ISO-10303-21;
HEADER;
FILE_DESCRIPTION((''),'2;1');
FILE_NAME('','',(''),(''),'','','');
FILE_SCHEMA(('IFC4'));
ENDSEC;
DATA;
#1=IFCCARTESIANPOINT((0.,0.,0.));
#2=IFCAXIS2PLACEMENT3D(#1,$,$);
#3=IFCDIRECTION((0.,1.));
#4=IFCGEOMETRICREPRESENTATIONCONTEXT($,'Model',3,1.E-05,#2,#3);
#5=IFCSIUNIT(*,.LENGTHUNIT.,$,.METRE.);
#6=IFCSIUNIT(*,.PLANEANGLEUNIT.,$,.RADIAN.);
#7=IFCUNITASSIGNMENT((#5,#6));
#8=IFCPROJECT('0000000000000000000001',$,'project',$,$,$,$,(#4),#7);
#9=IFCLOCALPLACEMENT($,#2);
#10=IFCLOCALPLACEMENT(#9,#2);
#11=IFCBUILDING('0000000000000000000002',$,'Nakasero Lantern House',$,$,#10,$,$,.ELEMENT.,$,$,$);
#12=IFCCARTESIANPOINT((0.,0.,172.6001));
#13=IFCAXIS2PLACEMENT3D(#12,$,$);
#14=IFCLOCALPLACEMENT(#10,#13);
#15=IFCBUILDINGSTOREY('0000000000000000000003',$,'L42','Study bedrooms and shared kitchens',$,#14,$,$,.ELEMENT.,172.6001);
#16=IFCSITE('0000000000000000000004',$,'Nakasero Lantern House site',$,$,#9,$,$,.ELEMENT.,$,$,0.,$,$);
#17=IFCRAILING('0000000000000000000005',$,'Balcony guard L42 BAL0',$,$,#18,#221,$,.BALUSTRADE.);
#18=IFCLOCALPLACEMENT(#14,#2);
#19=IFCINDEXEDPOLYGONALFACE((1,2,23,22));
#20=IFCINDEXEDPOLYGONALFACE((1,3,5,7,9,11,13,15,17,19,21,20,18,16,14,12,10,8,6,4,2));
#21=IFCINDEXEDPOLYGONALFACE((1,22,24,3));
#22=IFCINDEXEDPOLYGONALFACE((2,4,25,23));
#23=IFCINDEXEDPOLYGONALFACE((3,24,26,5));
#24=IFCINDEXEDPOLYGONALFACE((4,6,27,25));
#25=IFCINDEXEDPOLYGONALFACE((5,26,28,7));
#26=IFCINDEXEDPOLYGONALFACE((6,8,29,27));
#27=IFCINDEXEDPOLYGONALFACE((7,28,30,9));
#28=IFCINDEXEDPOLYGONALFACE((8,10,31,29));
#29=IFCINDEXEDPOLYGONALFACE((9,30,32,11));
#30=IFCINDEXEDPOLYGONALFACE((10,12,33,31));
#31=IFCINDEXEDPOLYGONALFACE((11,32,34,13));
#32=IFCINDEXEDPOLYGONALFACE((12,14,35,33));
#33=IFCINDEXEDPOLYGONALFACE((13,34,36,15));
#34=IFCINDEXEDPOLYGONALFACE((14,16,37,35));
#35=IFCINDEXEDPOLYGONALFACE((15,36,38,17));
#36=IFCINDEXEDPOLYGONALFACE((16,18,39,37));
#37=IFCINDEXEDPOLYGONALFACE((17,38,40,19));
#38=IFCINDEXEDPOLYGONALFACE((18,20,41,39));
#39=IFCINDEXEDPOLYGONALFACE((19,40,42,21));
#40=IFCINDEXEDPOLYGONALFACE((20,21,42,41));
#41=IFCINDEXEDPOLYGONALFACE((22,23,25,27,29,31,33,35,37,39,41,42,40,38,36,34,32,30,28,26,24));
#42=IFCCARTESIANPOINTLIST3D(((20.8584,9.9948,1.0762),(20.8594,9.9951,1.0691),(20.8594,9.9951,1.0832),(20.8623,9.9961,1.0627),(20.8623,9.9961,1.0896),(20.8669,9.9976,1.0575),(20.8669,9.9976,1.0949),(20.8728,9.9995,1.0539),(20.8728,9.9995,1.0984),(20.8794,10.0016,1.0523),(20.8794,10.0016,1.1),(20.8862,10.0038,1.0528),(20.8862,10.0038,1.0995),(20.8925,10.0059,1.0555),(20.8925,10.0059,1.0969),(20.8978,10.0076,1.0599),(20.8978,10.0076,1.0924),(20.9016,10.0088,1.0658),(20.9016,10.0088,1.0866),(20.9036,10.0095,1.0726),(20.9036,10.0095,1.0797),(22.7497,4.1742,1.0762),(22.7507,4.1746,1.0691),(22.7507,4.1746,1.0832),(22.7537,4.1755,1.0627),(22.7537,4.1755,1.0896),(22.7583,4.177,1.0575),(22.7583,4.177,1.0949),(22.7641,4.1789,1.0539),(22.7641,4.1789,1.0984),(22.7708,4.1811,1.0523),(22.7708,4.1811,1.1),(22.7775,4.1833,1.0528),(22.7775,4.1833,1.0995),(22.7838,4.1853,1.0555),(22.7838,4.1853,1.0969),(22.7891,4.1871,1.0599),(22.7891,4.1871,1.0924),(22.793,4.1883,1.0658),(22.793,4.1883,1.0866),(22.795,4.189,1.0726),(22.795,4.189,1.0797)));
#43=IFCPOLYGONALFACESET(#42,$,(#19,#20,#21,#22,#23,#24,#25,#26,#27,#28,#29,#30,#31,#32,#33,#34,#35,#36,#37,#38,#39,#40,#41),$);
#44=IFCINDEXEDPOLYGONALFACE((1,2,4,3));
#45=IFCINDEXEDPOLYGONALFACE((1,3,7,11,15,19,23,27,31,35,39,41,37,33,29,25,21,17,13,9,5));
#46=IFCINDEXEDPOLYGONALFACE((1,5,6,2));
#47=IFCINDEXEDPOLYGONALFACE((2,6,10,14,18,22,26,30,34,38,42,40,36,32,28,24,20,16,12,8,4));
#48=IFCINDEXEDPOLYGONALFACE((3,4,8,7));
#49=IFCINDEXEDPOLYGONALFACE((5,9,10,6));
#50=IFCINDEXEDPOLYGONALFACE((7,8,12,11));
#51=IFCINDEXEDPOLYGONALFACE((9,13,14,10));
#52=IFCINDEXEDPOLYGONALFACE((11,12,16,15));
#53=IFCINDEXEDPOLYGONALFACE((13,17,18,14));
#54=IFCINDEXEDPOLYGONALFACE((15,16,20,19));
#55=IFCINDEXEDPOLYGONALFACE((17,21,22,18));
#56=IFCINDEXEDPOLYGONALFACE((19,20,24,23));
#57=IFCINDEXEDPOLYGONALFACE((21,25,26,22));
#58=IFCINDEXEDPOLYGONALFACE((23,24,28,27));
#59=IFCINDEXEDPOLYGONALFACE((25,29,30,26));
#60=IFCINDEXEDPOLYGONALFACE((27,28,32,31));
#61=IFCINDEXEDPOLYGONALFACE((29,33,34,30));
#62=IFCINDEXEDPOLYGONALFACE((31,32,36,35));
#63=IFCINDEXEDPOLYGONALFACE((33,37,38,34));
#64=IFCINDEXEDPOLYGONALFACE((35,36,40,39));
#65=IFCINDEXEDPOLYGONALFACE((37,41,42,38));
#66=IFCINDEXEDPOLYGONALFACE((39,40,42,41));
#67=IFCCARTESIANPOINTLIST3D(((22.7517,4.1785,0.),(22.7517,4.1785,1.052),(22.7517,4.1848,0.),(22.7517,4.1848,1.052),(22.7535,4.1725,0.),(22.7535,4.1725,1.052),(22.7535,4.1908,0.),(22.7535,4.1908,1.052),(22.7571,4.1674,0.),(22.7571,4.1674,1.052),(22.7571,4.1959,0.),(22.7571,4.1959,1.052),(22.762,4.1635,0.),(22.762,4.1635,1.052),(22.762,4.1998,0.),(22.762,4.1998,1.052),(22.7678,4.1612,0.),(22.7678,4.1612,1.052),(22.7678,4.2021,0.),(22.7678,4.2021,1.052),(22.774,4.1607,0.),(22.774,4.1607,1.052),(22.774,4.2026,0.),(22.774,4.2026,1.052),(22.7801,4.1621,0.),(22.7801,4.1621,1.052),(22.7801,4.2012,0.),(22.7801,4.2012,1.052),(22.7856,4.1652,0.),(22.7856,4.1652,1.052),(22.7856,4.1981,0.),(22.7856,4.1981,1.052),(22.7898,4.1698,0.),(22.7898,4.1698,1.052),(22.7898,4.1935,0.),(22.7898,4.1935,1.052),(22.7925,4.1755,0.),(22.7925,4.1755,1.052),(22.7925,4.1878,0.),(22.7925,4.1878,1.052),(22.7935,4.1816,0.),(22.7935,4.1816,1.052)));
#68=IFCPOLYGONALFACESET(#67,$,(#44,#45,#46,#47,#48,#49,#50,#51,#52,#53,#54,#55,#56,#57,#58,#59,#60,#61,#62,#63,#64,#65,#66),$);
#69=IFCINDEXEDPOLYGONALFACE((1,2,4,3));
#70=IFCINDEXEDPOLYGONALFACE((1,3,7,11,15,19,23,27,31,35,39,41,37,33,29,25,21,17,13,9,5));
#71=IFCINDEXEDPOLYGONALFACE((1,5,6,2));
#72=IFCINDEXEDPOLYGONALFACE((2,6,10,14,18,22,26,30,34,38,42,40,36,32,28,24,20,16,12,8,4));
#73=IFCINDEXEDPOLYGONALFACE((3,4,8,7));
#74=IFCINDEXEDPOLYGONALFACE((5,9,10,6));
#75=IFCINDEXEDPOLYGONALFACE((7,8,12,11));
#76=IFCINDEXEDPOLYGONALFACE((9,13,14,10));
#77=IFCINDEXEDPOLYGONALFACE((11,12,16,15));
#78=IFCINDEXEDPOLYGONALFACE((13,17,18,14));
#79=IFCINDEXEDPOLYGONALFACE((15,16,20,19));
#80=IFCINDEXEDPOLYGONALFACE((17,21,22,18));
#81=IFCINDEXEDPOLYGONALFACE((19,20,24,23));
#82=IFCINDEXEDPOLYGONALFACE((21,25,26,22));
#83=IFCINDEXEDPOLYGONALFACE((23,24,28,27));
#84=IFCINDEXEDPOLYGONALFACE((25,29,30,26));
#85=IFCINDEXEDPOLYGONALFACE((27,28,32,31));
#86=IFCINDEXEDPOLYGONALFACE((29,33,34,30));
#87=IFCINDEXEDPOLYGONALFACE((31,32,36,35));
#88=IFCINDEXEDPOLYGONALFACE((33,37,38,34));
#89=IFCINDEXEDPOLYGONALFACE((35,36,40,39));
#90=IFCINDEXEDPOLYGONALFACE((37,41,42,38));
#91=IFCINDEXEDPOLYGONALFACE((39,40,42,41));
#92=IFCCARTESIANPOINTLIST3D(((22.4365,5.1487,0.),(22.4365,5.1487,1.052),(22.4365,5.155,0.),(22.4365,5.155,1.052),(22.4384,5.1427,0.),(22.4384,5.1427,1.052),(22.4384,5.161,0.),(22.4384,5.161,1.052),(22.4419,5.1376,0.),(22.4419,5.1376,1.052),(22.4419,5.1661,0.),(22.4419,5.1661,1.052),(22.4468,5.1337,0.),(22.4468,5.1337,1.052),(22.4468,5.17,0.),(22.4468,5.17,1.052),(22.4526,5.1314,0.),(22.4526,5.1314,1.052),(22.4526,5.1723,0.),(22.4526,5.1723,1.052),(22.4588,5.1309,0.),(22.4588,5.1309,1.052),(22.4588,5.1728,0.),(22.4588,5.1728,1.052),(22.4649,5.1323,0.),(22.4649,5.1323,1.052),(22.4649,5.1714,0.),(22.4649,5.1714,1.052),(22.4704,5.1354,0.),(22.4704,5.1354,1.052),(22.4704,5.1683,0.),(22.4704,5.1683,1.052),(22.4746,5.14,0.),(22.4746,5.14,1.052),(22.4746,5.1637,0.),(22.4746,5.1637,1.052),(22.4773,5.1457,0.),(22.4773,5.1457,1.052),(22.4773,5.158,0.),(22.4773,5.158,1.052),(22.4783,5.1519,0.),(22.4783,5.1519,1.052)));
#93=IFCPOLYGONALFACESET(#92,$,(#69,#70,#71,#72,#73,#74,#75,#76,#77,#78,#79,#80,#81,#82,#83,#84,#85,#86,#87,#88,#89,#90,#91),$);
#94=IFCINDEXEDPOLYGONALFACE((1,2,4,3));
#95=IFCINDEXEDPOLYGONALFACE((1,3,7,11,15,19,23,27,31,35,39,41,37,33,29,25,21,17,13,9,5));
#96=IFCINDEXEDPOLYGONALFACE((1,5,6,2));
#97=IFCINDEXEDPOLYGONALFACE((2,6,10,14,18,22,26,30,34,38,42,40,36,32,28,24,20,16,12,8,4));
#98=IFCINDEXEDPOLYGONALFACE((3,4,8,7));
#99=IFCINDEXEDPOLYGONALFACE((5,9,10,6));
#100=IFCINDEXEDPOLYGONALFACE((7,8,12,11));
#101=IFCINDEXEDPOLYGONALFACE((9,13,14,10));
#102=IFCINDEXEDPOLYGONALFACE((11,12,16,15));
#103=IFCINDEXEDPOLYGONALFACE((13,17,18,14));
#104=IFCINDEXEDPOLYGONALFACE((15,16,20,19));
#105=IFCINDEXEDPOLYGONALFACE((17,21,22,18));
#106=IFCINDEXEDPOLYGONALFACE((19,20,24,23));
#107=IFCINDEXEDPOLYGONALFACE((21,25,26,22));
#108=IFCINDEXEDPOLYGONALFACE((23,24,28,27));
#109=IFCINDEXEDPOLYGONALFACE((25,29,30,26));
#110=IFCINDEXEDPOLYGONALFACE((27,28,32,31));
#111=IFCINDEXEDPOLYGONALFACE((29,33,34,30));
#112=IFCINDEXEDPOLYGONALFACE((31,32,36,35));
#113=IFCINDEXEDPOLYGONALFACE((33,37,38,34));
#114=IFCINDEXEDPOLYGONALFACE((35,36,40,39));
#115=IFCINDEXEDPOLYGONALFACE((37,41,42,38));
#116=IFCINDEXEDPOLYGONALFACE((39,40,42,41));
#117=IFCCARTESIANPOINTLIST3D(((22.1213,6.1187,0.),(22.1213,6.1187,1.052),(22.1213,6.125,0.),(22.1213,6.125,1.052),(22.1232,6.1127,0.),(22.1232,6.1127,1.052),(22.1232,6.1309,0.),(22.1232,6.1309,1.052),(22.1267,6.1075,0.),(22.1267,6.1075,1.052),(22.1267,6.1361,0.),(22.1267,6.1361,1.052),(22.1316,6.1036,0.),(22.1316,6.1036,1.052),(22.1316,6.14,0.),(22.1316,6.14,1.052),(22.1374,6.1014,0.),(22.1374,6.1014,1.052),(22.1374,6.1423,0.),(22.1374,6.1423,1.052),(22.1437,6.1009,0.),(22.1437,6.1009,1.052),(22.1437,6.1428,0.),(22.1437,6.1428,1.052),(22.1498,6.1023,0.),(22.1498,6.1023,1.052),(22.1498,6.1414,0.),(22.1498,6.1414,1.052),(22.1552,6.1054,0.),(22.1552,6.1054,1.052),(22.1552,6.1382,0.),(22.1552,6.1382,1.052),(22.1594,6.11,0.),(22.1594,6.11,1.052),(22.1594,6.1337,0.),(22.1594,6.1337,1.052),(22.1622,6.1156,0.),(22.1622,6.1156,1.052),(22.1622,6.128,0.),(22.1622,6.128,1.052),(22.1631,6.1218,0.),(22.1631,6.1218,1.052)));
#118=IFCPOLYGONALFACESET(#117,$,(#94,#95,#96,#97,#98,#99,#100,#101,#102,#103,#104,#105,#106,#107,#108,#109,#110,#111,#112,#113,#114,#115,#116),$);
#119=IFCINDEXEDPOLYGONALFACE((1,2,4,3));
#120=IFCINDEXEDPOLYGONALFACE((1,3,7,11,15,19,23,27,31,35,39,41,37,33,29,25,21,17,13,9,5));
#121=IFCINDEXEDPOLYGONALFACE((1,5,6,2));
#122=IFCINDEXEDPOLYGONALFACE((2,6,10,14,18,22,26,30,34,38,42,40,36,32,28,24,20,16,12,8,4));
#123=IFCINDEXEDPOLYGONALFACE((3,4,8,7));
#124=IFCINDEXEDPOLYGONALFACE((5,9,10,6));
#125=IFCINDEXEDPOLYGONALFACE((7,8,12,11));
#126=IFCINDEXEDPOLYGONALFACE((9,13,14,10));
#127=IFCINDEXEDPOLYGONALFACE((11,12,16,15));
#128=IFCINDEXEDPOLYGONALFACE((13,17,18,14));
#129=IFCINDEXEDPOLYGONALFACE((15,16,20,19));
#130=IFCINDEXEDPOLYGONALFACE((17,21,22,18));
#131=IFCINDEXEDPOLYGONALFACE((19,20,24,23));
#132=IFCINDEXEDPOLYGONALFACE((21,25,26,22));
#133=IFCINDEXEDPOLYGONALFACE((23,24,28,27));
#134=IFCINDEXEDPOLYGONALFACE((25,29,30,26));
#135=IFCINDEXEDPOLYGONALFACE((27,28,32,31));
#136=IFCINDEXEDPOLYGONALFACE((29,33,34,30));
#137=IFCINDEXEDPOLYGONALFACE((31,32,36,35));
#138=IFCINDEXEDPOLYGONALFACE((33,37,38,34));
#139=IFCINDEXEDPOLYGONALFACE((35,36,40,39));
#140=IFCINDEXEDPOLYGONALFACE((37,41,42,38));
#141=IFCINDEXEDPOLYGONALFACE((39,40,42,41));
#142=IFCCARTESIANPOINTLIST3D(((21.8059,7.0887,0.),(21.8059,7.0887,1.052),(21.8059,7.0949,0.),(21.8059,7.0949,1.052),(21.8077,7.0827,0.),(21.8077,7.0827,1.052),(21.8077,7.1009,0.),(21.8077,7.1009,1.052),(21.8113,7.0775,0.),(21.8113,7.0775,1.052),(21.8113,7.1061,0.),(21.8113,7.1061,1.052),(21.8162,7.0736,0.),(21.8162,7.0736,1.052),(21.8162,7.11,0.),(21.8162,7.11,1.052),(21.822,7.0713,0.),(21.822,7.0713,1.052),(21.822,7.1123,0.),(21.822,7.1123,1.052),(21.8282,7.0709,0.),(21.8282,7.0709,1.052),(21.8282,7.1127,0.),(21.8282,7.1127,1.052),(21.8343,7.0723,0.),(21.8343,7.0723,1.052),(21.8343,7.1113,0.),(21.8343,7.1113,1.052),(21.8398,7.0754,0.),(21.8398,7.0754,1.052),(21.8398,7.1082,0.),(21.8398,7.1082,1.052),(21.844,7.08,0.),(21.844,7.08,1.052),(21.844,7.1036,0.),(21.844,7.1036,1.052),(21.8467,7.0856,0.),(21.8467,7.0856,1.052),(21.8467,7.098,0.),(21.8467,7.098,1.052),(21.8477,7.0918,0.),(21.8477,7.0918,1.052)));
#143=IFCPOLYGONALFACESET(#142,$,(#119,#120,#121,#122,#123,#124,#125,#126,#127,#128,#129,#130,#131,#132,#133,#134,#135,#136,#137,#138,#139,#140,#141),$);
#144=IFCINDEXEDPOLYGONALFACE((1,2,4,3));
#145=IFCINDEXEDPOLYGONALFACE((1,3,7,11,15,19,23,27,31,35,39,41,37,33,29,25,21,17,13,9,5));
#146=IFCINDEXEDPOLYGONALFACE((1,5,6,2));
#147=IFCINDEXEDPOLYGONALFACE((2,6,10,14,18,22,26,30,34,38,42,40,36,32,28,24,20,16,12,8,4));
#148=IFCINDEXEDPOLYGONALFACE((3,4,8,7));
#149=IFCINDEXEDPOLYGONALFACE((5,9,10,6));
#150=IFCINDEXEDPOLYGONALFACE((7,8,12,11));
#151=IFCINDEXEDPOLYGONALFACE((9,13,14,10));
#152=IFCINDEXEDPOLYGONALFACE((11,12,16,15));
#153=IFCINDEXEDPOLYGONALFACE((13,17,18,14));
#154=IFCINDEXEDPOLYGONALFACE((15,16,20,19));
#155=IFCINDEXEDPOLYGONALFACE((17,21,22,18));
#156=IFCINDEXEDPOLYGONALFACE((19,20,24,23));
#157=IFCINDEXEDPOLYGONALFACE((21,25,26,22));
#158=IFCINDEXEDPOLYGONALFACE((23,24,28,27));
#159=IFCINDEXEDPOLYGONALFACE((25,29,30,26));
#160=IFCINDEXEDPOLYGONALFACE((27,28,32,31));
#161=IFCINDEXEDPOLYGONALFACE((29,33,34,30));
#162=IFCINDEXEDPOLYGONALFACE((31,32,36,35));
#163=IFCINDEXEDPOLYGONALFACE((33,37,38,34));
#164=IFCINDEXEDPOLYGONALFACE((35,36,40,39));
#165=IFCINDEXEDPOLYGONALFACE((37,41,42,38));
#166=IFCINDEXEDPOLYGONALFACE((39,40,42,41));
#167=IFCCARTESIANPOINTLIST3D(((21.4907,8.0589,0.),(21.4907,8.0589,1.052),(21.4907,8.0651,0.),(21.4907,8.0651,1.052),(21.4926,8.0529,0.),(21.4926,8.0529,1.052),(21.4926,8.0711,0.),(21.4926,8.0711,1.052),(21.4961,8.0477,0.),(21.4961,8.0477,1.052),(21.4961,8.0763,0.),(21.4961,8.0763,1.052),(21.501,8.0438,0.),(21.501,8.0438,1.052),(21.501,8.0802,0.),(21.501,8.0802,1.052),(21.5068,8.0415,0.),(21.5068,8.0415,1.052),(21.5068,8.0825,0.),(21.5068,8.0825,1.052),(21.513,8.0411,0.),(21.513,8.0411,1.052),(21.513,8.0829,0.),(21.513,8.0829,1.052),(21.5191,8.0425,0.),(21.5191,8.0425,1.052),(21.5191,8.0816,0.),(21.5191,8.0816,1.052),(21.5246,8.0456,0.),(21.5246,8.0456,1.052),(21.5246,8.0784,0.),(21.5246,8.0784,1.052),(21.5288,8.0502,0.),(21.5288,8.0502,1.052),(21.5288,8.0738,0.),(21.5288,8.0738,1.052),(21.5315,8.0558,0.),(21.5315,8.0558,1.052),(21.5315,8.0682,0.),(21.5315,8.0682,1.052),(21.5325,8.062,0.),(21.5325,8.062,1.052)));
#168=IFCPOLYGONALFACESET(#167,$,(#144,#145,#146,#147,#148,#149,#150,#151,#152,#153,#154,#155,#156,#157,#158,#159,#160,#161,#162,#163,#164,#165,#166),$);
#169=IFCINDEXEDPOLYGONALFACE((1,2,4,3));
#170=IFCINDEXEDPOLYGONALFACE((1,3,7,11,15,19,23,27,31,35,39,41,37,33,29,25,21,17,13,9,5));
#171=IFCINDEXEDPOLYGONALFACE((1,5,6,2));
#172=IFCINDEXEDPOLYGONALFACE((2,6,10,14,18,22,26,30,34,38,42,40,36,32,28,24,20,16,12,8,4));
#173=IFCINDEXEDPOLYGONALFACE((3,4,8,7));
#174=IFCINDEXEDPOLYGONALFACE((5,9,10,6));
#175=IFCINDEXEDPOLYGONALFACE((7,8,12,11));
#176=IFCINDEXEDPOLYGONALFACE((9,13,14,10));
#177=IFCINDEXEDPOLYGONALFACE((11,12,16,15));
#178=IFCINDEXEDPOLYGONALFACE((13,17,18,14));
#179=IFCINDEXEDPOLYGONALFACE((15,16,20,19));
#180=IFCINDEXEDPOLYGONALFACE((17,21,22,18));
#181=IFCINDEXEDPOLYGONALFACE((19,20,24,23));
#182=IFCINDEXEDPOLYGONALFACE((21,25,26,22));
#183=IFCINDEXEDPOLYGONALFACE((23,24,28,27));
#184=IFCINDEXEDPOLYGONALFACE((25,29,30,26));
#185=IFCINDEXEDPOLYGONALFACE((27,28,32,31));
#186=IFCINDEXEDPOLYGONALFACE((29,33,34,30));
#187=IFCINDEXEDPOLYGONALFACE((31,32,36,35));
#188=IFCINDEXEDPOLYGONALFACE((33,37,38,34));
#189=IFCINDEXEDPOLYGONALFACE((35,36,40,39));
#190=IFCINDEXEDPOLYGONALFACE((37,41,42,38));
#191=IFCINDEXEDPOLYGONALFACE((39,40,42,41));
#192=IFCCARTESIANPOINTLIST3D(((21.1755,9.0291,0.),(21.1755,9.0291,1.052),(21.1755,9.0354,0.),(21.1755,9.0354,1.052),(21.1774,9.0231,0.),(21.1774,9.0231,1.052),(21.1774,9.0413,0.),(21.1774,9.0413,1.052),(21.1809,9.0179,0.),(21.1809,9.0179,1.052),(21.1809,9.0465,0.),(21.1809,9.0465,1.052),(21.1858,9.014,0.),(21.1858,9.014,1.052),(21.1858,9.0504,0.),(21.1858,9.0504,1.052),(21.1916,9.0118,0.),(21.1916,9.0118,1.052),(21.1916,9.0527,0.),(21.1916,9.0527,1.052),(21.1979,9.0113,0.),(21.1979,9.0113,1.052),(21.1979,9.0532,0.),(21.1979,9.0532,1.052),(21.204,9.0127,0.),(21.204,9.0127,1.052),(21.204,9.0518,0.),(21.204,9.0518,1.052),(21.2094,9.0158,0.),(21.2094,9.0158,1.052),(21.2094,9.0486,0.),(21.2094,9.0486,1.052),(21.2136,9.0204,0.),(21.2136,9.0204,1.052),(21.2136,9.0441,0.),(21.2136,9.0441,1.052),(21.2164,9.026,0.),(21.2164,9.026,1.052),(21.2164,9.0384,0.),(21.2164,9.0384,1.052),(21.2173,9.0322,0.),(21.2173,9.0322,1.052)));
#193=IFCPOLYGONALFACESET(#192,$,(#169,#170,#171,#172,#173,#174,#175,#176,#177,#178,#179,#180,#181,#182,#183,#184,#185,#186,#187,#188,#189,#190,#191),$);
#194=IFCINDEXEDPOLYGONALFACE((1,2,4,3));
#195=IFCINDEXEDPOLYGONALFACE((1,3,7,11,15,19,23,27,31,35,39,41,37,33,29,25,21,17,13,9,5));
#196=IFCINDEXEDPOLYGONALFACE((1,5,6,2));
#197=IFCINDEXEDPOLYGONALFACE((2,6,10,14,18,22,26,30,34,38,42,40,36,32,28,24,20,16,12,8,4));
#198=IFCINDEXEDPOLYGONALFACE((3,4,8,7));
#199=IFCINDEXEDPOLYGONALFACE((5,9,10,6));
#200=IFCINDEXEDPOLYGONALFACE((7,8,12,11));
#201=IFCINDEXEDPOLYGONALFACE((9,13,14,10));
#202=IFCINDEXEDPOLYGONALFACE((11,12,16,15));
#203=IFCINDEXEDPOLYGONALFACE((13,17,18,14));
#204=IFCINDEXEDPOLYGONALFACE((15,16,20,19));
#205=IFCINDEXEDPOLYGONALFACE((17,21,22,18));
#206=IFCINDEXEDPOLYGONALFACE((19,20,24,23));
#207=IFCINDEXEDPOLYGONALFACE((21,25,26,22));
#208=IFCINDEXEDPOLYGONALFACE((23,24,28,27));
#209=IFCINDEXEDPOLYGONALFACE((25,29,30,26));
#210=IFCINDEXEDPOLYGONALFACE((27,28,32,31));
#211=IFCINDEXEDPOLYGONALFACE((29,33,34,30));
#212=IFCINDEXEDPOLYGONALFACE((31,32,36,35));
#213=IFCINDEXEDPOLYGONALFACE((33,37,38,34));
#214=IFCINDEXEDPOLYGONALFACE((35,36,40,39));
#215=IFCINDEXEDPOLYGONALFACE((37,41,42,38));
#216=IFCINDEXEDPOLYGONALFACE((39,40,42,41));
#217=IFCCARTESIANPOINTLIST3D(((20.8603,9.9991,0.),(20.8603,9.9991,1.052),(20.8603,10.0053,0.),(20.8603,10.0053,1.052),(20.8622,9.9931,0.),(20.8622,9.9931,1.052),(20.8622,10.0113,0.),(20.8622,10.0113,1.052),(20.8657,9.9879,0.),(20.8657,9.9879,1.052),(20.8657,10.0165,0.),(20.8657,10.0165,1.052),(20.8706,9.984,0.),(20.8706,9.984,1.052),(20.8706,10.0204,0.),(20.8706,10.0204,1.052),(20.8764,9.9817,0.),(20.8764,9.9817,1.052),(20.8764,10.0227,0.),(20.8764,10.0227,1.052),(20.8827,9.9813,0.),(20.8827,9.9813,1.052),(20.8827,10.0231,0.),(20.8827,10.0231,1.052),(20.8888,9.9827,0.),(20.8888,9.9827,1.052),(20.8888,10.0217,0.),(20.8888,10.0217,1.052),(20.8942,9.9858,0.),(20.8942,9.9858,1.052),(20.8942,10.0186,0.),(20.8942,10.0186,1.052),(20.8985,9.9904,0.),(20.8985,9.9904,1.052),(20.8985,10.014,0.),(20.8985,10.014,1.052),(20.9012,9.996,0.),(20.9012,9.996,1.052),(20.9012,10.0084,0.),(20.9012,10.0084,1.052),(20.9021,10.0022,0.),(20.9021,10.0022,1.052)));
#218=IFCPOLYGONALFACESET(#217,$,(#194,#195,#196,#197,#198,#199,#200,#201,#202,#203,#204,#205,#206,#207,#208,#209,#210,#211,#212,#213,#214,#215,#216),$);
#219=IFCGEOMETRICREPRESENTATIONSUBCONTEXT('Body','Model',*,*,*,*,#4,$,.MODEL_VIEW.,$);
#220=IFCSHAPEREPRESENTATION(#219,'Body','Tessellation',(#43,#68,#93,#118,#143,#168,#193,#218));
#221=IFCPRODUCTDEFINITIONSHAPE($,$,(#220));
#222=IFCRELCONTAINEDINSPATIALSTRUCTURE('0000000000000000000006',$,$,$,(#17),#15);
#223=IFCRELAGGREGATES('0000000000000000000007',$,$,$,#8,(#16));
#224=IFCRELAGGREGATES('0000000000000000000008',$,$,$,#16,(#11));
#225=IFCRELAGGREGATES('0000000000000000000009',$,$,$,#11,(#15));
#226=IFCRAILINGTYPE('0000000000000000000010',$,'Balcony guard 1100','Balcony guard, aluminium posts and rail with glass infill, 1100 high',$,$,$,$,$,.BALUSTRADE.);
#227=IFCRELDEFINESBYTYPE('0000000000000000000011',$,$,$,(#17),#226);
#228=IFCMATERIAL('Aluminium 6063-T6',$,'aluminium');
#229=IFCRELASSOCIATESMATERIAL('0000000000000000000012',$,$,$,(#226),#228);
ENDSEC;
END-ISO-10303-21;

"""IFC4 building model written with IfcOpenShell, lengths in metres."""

from ifc_helpers import new_model, si_unit, direction, frame, origin, origin_2d, place, context, subcontext, project, spatial, circle, extrude, material, type_object, element, save


model = new_model("IFC4")

# Units and contexts
model_context = context("Model", 3, precision=1e-05, world=origin(), true_north=direction((0.0, 1.0)))
body_context = subcontext(model_context, "Body", "Model", "MODEL_VIEW")
ifc_project = project(units=[si_unit("LENGTHUNIT", "METRE"), si_unit("PLANEANGLEUNIT", "RADIAN")], contexts=[model_context])

# Site, building, storey
site_placement = place(None, origin())
site = spatial("IfcSite", under=ifc_project, at=site_placement, Name="Nakasero Lantern House site", CompositionType="ELEMENT", RefElevation=0.0)
building_placement = place(site_placement, origin())
building = spatial("IfcBuilding", under=site, at=building_placement, Name="Nakasero Lantern House", CompositionType="ELEMENT")
storey_placement = place(building_placement, frame((0.0, 0.0, 172.6001)))
storey = spatial("IfcBuildingStorey", under=building, at=storey_placement, Name="L42", Description="Study bedrooms and shared kitchens", CompositionType="ELEMENT", Elevation=172.6001)

# Railing
ifc_material_1 = material(Name="Aluminium 6063-T6", Category="aluminium")
railing_type = type_object("IfcRailingType", Name="Balcony guard 1100", Description="Balcony guard, aluminium posts and rail with glass infill, 1100 high", PredefinedType="BALUSTRADE", material=ifc_material_1)
railing_placement = place(storey_placement, frame((22.7725, 4.1816, 0.0)))
element("IfcRailing", 1, at=railing_placement, inside=storey, type_object=railing_type, Name="Balcony guard L42 BAL0", PredefinedType="BALUSTRADE", context=body_context, shape_type="SweptSolid", body=[
    extrude(circle(Radius=0.0239, at=origin_2d()), frame((0.0, 0.0, 1.0762), z_axis=(-0.309038, 0.95105, 0.0), x_axis=(-0.95105, -0.309038, 0.0)), (0.0, 0.0, 1.0), 6.1201),
    extrude(circle(Radius=0.021, at=origin_2d()), origin(), (0.0, 0.0, 1.0), 1.052),
    extrude(circle(Radius=0.021, at=origin_2d()), frame((-0.3152, 0.9702, 0.0)), (0.0, 0.0, 1.0), 1.052),
    extrude(circle(Radius=0.021, at=origin_2d()), frame((-0.6304, 1.9402, 0.0)), (0.0, 0.0, 1.0), 1.052),
    extrude(circle(Radius=0.021, at=origin_2d()), frame((-0.9458, 2.9102, 0.0)), (0.0, 0.0, 1.0), 1.052),
    extrude(circle(Radius=0.021, at=origin_2d()), frame((-1.261, 3.8804, 0.0)), (0.0, 0.0, 1.0), 1.052),
    extrude(circle(Radius=0.021, at=origin_2d()), frame((-1.5762, 4.8506, 0.0)), (0.0, 0.0, 1.0), 1.052),
    extrude(circle(Radius=0.021, at=origin_2d()), frame((-1.8914, 5.8206, 0.0)), (0.0, 0.0, 1.0), 1.052),
])

save(model, "model.ifc")
